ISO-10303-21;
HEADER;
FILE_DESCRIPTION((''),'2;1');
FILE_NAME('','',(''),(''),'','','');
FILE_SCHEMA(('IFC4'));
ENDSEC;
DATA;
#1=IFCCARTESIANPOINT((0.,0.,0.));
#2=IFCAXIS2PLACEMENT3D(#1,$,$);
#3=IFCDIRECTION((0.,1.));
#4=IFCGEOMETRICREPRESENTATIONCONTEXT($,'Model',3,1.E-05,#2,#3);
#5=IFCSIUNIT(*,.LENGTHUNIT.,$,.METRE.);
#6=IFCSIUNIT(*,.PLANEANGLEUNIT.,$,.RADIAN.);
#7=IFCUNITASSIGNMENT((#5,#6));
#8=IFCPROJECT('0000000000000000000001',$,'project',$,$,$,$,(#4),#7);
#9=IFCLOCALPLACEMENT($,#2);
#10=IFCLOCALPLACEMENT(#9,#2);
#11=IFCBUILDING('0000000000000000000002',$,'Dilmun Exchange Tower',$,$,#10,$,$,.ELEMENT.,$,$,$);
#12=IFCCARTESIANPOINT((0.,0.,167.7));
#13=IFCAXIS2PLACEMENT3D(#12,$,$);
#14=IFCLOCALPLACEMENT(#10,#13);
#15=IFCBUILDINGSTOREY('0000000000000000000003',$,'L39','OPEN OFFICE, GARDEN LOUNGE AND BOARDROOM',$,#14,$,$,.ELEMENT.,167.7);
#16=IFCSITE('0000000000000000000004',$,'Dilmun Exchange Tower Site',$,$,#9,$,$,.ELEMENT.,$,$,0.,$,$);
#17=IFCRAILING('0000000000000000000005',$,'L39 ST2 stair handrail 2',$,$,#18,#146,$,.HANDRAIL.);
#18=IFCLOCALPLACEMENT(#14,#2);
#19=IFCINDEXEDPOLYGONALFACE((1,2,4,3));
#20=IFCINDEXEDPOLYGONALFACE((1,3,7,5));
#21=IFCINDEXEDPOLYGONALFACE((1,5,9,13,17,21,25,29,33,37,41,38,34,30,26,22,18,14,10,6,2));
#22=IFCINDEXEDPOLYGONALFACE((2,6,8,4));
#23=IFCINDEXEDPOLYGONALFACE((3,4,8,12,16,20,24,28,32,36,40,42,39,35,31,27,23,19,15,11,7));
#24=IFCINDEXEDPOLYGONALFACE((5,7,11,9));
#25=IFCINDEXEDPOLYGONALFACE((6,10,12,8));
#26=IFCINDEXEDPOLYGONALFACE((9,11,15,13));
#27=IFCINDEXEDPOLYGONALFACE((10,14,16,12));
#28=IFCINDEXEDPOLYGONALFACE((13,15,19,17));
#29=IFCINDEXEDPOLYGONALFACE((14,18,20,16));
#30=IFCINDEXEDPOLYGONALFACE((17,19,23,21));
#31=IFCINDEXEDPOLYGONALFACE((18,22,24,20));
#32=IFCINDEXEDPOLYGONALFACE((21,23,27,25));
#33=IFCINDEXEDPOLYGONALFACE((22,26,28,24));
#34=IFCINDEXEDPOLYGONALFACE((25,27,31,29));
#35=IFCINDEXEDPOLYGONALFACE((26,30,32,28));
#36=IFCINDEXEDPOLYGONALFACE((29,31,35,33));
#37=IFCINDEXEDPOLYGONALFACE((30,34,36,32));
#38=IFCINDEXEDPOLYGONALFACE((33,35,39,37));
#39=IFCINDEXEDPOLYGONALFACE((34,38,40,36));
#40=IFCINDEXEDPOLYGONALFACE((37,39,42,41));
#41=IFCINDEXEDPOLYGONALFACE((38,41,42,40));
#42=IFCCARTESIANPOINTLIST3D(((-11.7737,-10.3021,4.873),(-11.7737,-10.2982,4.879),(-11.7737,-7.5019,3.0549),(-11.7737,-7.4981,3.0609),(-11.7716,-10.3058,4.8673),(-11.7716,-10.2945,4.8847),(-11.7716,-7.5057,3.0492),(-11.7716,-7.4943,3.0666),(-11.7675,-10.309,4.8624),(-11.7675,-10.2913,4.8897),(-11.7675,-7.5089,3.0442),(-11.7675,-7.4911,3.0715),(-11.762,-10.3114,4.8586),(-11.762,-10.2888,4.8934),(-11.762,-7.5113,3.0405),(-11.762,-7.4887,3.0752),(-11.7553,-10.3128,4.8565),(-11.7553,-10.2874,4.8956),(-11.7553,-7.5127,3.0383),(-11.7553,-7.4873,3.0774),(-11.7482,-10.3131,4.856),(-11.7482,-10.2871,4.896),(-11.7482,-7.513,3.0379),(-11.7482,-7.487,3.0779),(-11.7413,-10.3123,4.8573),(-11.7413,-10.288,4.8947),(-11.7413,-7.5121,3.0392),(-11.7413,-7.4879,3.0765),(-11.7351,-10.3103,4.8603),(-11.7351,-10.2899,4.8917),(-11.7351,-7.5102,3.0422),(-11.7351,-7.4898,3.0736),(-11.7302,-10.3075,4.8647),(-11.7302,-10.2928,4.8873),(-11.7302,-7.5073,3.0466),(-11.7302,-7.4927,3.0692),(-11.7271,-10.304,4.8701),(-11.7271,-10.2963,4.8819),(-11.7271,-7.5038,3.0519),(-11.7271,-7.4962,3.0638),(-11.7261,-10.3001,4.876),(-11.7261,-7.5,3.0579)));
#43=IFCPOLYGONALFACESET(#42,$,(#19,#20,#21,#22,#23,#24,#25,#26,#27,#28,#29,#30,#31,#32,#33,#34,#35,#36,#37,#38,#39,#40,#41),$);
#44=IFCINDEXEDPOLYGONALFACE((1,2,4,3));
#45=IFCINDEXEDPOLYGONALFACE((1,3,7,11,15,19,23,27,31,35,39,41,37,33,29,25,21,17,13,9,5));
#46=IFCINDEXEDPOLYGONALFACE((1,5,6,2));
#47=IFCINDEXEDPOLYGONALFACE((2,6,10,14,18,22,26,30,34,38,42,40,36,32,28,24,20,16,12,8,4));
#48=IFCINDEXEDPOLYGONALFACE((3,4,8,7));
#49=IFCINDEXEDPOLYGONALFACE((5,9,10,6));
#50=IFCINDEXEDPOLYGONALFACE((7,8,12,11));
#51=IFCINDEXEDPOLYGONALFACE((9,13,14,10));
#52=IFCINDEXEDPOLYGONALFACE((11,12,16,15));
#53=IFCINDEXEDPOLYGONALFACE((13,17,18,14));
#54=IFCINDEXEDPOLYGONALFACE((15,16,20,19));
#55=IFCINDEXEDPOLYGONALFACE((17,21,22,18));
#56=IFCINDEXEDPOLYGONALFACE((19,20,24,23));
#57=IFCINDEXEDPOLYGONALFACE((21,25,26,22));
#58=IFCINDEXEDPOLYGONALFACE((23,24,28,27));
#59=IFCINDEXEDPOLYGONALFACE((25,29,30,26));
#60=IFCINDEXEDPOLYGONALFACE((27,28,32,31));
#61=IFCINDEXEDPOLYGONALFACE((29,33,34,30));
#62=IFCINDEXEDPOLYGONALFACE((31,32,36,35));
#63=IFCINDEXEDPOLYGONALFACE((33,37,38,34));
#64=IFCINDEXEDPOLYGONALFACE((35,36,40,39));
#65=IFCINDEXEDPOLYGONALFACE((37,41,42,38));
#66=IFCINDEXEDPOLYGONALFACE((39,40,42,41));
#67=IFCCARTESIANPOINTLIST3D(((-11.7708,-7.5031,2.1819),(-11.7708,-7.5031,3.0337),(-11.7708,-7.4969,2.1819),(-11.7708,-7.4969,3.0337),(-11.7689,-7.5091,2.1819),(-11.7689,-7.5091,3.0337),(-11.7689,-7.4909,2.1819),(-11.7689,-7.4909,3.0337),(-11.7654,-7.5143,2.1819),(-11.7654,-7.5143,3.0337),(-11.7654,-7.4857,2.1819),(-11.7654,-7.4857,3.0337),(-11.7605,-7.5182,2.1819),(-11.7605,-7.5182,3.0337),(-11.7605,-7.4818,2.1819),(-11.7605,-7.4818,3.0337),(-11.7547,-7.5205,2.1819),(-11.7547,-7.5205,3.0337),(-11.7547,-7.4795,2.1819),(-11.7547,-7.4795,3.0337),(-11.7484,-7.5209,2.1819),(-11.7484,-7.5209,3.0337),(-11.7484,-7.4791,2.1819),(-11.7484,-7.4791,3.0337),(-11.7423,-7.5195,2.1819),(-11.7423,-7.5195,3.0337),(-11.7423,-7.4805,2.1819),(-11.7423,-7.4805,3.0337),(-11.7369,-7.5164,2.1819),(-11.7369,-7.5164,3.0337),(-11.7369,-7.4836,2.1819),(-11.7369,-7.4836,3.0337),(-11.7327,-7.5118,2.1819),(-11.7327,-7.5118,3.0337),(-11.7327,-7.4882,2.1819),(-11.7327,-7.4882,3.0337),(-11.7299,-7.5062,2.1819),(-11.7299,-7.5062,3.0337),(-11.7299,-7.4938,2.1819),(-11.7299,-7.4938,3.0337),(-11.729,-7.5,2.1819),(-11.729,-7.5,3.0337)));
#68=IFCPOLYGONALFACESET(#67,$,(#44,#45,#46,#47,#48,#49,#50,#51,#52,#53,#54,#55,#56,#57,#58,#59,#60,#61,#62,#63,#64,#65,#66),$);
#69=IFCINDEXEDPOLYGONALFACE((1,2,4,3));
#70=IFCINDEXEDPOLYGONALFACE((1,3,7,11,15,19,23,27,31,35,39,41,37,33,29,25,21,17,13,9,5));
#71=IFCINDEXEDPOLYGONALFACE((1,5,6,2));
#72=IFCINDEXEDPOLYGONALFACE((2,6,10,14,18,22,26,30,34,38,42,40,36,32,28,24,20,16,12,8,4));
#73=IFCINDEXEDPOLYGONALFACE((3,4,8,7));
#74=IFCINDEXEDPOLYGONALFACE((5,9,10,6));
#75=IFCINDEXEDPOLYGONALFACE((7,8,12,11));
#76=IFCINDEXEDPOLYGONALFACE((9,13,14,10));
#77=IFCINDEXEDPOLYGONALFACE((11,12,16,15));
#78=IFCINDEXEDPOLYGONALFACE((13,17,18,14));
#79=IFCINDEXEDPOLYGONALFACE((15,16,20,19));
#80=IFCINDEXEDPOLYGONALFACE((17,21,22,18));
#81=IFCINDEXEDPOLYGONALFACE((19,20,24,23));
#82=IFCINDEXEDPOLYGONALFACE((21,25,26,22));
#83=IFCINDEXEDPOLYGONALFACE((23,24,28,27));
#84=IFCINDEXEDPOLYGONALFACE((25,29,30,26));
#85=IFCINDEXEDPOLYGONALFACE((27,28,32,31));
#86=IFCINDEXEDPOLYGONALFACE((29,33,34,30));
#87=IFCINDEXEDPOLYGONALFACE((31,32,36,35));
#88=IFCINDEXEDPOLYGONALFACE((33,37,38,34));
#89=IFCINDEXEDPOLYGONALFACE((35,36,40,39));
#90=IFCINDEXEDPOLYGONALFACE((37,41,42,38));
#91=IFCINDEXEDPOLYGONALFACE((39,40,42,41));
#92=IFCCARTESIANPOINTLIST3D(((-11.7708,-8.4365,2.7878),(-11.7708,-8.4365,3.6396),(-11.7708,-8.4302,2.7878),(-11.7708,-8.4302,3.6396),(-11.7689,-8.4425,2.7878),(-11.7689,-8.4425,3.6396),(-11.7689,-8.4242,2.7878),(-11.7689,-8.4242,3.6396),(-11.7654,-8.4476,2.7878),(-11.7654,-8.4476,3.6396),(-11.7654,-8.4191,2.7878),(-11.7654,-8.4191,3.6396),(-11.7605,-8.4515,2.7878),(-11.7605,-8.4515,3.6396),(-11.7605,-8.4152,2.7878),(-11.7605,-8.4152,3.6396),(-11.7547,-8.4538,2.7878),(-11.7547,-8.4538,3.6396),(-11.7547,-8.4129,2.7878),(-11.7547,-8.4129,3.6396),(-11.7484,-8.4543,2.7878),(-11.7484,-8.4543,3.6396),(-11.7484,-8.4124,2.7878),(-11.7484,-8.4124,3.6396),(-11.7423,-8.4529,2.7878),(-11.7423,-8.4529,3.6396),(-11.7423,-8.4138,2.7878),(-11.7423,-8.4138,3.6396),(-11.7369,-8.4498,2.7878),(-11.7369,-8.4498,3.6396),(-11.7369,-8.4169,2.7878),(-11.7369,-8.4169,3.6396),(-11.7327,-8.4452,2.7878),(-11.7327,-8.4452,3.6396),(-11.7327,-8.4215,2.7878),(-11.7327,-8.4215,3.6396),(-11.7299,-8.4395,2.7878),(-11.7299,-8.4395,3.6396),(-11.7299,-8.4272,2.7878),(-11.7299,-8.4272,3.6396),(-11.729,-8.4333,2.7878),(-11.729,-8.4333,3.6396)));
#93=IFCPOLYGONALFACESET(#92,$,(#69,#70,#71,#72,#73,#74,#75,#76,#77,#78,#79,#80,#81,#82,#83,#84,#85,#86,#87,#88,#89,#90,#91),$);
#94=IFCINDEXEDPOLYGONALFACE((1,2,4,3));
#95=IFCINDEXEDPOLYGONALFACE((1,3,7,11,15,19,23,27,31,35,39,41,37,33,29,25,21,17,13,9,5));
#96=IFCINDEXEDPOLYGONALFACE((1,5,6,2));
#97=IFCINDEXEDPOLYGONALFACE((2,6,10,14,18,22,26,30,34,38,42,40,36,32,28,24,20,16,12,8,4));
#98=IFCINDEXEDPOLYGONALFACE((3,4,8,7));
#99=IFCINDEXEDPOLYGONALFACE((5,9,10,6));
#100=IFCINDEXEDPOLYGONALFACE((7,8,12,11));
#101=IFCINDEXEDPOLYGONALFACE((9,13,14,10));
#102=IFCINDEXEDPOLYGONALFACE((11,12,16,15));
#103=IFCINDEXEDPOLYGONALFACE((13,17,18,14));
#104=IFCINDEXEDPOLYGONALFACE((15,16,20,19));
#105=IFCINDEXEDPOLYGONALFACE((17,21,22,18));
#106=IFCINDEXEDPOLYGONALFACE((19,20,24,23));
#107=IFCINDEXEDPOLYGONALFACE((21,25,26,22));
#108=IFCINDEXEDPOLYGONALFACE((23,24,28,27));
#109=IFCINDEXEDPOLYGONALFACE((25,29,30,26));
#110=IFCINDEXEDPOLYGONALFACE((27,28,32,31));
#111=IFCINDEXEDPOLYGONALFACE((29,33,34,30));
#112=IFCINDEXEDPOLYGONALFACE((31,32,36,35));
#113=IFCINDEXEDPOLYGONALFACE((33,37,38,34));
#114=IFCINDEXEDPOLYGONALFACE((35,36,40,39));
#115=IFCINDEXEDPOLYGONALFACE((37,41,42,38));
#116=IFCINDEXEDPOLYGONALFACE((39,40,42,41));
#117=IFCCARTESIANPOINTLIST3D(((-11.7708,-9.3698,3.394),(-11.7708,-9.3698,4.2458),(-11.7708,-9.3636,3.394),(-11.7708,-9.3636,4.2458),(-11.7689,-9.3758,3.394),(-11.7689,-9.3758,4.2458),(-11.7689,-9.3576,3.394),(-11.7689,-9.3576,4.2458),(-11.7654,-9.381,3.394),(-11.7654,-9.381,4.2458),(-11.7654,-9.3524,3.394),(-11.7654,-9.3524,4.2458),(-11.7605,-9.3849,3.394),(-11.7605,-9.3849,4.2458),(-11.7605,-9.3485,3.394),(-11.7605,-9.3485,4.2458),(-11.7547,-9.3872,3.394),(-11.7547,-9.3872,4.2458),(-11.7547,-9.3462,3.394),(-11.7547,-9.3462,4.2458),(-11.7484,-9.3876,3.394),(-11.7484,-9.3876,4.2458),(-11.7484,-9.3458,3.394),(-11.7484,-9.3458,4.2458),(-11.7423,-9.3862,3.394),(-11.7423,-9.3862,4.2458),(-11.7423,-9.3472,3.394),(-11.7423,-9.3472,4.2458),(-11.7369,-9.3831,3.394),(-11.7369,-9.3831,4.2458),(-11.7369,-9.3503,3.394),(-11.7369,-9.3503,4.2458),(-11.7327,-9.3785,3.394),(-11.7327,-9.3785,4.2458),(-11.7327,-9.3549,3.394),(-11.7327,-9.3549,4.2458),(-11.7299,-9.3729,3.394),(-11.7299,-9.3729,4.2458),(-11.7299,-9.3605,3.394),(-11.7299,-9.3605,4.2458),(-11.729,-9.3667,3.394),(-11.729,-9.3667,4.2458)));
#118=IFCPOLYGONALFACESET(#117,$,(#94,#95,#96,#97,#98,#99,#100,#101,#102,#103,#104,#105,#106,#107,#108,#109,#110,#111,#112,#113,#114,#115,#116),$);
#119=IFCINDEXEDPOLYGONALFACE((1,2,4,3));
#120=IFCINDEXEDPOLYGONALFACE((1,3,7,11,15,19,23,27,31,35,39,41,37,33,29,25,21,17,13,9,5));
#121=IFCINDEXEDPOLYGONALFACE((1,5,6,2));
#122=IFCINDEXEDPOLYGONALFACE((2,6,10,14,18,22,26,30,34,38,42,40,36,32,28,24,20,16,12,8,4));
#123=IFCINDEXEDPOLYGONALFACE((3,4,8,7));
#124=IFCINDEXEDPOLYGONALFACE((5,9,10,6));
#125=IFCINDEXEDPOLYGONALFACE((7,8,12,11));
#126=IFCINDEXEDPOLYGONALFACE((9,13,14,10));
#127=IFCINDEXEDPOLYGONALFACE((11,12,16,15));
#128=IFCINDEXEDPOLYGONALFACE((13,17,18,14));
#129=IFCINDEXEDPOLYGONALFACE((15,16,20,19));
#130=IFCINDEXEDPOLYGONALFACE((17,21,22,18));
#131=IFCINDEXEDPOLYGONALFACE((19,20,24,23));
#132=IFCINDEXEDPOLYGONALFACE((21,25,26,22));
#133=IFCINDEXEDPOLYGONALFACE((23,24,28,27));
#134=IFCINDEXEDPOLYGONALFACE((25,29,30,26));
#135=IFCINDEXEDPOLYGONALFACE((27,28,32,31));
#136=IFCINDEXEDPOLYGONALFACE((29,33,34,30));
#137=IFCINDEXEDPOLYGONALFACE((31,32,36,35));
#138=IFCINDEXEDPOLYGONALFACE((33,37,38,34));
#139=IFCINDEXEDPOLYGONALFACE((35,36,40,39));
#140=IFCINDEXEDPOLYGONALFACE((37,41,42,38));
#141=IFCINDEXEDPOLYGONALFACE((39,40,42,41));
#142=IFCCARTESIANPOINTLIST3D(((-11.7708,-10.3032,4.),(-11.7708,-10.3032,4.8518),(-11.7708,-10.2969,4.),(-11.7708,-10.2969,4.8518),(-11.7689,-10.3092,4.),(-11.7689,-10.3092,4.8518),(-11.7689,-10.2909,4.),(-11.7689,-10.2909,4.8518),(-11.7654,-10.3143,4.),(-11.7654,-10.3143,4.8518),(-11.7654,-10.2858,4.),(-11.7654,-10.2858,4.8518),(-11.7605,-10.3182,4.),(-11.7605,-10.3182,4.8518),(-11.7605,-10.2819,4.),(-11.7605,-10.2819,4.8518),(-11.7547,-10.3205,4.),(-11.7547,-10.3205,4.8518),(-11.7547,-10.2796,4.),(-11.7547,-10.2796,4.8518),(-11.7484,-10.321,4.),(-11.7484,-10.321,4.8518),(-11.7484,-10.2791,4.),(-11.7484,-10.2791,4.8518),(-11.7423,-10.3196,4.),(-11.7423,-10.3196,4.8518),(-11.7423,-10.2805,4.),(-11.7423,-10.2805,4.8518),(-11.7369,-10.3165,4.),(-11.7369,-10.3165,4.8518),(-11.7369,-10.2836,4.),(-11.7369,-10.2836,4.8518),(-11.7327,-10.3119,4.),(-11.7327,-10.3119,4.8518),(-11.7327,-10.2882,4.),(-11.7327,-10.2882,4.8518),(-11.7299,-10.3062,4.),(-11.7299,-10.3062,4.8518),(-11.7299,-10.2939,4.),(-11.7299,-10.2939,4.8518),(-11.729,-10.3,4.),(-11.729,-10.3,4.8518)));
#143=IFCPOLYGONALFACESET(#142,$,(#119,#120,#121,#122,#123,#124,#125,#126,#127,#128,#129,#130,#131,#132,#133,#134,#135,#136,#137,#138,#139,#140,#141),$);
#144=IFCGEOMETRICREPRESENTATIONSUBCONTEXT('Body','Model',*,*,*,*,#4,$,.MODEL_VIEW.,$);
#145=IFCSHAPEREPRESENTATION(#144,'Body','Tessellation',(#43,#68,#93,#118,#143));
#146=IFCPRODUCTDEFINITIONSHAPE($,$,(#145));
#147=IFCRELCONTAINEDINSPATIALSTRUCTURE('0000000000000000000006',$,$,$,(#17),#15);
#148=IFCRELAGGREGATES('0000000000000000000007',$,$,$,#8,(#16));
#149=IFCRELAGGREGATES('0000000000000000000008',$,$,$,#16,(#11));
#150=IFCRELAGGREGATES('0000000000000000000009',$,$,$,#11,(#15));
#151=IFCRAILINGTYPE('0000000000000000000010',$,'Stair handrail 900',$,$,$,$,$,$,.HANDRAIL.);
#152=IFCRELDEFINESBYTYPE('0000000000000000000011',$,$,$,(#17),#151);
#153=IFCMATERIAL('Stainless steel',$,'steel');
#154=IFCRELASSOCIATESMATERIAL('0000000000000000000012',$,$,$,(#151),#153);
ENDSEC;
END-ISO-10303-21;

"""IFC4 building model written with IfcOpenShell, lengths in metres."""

from ifc_helpers import new_model, si_unit, direction, frame, origin, origin_2d, place, context, subcontext, project, spatial, circle, extrude, material, type_object, element, save


model = new_model("IFC4")

# Units and contexts
model_context = context("Model", 3, precision=1e-05, world=origin(), true_north=direction((0.0, 1.0)))
body_context = subcontext(model_context, "Body", "Model", "MODEL_VIEW")
ifc_project = project(units=[si_unit("LENGTHUNIT", "METRE"), si_unit("PLANEANGLEUNIT", "RADIAN")], contexts=[model_context])

# Site, building, storey
site_placement = place(None, origin())
site = spatial("IfcSite", under=ifc_project, at=site_placement, Name="Dilmun Exchange Tower Site", CompositionType="ELEMENT", RefElevation=0.0)
building_placement = place(site_placement, origin())
building = spatial("IfcBuilding", under=site, at=building_placement, Name="Dilmun Exchange Tower", CompositionType="ELEMENT")
storey_placement = place(building_placement, frame((0.0, 0.0, 167.7)))
storey = spatial("IfcBuildingStorey", under=building, at=storey_placement, Name="L39", Description="OPEN OFFICE, GARDEN LOUNGE AND BOARDROOM", CompositionType="ELEMENT", Elevation=167.7)

# Railing
ifc_material_1 = material(Name="Stainless steel", Category="steel")
railing_type = type_object("IfcRailingType", Name="Stair handrail 900", PredefinedType="HANDRAIL", material=ifc_material_1)
railing_placement = place(storey_placement, frame((-11.75, -7.5, 2.1819)))
element("IfcRailing", 1, at=railing_placement, inside=storey, type_object=railing_type, Name="L39 ST2 stair handrail 2", PredefinedType="HANDRAIL", context=body_context, shape_type="SweptSolid", body=[
    extrude(circle(Radius=0.0239, at=origin_2d()), frame((0.0, 0.0, 0.876), z_axis=(0.0, -0.838706, 0.544585), x_axis=(1.0, 0.0, 0.0)), (0.0, 0.0, 1.0), 3.3386),
    extrude(circle(Radius=0.021, at=origin_2d()), origin(), (0.0, 0.0, 1.0), 0.8518),
    extrude(circle(Radius=0.021, at=origin_2d()), frame((0.0, -0.9333, 0.606)), (0.0, 0.0, 1.0), 0.8518),
    extrude(circle(Radius=0.021, at=origin_2d()), frame((0.0, -1.8667, 1.2122)), (0.0, 0.0, 1.0), 0.8518),
    extrude(circle(Radius=0.021, at=origin_2d()), frame((0.0, -2.8, 1.8181)), (0.0, 0.0, 1.0), 0.8518),
])

save(model, "model.ifc")
